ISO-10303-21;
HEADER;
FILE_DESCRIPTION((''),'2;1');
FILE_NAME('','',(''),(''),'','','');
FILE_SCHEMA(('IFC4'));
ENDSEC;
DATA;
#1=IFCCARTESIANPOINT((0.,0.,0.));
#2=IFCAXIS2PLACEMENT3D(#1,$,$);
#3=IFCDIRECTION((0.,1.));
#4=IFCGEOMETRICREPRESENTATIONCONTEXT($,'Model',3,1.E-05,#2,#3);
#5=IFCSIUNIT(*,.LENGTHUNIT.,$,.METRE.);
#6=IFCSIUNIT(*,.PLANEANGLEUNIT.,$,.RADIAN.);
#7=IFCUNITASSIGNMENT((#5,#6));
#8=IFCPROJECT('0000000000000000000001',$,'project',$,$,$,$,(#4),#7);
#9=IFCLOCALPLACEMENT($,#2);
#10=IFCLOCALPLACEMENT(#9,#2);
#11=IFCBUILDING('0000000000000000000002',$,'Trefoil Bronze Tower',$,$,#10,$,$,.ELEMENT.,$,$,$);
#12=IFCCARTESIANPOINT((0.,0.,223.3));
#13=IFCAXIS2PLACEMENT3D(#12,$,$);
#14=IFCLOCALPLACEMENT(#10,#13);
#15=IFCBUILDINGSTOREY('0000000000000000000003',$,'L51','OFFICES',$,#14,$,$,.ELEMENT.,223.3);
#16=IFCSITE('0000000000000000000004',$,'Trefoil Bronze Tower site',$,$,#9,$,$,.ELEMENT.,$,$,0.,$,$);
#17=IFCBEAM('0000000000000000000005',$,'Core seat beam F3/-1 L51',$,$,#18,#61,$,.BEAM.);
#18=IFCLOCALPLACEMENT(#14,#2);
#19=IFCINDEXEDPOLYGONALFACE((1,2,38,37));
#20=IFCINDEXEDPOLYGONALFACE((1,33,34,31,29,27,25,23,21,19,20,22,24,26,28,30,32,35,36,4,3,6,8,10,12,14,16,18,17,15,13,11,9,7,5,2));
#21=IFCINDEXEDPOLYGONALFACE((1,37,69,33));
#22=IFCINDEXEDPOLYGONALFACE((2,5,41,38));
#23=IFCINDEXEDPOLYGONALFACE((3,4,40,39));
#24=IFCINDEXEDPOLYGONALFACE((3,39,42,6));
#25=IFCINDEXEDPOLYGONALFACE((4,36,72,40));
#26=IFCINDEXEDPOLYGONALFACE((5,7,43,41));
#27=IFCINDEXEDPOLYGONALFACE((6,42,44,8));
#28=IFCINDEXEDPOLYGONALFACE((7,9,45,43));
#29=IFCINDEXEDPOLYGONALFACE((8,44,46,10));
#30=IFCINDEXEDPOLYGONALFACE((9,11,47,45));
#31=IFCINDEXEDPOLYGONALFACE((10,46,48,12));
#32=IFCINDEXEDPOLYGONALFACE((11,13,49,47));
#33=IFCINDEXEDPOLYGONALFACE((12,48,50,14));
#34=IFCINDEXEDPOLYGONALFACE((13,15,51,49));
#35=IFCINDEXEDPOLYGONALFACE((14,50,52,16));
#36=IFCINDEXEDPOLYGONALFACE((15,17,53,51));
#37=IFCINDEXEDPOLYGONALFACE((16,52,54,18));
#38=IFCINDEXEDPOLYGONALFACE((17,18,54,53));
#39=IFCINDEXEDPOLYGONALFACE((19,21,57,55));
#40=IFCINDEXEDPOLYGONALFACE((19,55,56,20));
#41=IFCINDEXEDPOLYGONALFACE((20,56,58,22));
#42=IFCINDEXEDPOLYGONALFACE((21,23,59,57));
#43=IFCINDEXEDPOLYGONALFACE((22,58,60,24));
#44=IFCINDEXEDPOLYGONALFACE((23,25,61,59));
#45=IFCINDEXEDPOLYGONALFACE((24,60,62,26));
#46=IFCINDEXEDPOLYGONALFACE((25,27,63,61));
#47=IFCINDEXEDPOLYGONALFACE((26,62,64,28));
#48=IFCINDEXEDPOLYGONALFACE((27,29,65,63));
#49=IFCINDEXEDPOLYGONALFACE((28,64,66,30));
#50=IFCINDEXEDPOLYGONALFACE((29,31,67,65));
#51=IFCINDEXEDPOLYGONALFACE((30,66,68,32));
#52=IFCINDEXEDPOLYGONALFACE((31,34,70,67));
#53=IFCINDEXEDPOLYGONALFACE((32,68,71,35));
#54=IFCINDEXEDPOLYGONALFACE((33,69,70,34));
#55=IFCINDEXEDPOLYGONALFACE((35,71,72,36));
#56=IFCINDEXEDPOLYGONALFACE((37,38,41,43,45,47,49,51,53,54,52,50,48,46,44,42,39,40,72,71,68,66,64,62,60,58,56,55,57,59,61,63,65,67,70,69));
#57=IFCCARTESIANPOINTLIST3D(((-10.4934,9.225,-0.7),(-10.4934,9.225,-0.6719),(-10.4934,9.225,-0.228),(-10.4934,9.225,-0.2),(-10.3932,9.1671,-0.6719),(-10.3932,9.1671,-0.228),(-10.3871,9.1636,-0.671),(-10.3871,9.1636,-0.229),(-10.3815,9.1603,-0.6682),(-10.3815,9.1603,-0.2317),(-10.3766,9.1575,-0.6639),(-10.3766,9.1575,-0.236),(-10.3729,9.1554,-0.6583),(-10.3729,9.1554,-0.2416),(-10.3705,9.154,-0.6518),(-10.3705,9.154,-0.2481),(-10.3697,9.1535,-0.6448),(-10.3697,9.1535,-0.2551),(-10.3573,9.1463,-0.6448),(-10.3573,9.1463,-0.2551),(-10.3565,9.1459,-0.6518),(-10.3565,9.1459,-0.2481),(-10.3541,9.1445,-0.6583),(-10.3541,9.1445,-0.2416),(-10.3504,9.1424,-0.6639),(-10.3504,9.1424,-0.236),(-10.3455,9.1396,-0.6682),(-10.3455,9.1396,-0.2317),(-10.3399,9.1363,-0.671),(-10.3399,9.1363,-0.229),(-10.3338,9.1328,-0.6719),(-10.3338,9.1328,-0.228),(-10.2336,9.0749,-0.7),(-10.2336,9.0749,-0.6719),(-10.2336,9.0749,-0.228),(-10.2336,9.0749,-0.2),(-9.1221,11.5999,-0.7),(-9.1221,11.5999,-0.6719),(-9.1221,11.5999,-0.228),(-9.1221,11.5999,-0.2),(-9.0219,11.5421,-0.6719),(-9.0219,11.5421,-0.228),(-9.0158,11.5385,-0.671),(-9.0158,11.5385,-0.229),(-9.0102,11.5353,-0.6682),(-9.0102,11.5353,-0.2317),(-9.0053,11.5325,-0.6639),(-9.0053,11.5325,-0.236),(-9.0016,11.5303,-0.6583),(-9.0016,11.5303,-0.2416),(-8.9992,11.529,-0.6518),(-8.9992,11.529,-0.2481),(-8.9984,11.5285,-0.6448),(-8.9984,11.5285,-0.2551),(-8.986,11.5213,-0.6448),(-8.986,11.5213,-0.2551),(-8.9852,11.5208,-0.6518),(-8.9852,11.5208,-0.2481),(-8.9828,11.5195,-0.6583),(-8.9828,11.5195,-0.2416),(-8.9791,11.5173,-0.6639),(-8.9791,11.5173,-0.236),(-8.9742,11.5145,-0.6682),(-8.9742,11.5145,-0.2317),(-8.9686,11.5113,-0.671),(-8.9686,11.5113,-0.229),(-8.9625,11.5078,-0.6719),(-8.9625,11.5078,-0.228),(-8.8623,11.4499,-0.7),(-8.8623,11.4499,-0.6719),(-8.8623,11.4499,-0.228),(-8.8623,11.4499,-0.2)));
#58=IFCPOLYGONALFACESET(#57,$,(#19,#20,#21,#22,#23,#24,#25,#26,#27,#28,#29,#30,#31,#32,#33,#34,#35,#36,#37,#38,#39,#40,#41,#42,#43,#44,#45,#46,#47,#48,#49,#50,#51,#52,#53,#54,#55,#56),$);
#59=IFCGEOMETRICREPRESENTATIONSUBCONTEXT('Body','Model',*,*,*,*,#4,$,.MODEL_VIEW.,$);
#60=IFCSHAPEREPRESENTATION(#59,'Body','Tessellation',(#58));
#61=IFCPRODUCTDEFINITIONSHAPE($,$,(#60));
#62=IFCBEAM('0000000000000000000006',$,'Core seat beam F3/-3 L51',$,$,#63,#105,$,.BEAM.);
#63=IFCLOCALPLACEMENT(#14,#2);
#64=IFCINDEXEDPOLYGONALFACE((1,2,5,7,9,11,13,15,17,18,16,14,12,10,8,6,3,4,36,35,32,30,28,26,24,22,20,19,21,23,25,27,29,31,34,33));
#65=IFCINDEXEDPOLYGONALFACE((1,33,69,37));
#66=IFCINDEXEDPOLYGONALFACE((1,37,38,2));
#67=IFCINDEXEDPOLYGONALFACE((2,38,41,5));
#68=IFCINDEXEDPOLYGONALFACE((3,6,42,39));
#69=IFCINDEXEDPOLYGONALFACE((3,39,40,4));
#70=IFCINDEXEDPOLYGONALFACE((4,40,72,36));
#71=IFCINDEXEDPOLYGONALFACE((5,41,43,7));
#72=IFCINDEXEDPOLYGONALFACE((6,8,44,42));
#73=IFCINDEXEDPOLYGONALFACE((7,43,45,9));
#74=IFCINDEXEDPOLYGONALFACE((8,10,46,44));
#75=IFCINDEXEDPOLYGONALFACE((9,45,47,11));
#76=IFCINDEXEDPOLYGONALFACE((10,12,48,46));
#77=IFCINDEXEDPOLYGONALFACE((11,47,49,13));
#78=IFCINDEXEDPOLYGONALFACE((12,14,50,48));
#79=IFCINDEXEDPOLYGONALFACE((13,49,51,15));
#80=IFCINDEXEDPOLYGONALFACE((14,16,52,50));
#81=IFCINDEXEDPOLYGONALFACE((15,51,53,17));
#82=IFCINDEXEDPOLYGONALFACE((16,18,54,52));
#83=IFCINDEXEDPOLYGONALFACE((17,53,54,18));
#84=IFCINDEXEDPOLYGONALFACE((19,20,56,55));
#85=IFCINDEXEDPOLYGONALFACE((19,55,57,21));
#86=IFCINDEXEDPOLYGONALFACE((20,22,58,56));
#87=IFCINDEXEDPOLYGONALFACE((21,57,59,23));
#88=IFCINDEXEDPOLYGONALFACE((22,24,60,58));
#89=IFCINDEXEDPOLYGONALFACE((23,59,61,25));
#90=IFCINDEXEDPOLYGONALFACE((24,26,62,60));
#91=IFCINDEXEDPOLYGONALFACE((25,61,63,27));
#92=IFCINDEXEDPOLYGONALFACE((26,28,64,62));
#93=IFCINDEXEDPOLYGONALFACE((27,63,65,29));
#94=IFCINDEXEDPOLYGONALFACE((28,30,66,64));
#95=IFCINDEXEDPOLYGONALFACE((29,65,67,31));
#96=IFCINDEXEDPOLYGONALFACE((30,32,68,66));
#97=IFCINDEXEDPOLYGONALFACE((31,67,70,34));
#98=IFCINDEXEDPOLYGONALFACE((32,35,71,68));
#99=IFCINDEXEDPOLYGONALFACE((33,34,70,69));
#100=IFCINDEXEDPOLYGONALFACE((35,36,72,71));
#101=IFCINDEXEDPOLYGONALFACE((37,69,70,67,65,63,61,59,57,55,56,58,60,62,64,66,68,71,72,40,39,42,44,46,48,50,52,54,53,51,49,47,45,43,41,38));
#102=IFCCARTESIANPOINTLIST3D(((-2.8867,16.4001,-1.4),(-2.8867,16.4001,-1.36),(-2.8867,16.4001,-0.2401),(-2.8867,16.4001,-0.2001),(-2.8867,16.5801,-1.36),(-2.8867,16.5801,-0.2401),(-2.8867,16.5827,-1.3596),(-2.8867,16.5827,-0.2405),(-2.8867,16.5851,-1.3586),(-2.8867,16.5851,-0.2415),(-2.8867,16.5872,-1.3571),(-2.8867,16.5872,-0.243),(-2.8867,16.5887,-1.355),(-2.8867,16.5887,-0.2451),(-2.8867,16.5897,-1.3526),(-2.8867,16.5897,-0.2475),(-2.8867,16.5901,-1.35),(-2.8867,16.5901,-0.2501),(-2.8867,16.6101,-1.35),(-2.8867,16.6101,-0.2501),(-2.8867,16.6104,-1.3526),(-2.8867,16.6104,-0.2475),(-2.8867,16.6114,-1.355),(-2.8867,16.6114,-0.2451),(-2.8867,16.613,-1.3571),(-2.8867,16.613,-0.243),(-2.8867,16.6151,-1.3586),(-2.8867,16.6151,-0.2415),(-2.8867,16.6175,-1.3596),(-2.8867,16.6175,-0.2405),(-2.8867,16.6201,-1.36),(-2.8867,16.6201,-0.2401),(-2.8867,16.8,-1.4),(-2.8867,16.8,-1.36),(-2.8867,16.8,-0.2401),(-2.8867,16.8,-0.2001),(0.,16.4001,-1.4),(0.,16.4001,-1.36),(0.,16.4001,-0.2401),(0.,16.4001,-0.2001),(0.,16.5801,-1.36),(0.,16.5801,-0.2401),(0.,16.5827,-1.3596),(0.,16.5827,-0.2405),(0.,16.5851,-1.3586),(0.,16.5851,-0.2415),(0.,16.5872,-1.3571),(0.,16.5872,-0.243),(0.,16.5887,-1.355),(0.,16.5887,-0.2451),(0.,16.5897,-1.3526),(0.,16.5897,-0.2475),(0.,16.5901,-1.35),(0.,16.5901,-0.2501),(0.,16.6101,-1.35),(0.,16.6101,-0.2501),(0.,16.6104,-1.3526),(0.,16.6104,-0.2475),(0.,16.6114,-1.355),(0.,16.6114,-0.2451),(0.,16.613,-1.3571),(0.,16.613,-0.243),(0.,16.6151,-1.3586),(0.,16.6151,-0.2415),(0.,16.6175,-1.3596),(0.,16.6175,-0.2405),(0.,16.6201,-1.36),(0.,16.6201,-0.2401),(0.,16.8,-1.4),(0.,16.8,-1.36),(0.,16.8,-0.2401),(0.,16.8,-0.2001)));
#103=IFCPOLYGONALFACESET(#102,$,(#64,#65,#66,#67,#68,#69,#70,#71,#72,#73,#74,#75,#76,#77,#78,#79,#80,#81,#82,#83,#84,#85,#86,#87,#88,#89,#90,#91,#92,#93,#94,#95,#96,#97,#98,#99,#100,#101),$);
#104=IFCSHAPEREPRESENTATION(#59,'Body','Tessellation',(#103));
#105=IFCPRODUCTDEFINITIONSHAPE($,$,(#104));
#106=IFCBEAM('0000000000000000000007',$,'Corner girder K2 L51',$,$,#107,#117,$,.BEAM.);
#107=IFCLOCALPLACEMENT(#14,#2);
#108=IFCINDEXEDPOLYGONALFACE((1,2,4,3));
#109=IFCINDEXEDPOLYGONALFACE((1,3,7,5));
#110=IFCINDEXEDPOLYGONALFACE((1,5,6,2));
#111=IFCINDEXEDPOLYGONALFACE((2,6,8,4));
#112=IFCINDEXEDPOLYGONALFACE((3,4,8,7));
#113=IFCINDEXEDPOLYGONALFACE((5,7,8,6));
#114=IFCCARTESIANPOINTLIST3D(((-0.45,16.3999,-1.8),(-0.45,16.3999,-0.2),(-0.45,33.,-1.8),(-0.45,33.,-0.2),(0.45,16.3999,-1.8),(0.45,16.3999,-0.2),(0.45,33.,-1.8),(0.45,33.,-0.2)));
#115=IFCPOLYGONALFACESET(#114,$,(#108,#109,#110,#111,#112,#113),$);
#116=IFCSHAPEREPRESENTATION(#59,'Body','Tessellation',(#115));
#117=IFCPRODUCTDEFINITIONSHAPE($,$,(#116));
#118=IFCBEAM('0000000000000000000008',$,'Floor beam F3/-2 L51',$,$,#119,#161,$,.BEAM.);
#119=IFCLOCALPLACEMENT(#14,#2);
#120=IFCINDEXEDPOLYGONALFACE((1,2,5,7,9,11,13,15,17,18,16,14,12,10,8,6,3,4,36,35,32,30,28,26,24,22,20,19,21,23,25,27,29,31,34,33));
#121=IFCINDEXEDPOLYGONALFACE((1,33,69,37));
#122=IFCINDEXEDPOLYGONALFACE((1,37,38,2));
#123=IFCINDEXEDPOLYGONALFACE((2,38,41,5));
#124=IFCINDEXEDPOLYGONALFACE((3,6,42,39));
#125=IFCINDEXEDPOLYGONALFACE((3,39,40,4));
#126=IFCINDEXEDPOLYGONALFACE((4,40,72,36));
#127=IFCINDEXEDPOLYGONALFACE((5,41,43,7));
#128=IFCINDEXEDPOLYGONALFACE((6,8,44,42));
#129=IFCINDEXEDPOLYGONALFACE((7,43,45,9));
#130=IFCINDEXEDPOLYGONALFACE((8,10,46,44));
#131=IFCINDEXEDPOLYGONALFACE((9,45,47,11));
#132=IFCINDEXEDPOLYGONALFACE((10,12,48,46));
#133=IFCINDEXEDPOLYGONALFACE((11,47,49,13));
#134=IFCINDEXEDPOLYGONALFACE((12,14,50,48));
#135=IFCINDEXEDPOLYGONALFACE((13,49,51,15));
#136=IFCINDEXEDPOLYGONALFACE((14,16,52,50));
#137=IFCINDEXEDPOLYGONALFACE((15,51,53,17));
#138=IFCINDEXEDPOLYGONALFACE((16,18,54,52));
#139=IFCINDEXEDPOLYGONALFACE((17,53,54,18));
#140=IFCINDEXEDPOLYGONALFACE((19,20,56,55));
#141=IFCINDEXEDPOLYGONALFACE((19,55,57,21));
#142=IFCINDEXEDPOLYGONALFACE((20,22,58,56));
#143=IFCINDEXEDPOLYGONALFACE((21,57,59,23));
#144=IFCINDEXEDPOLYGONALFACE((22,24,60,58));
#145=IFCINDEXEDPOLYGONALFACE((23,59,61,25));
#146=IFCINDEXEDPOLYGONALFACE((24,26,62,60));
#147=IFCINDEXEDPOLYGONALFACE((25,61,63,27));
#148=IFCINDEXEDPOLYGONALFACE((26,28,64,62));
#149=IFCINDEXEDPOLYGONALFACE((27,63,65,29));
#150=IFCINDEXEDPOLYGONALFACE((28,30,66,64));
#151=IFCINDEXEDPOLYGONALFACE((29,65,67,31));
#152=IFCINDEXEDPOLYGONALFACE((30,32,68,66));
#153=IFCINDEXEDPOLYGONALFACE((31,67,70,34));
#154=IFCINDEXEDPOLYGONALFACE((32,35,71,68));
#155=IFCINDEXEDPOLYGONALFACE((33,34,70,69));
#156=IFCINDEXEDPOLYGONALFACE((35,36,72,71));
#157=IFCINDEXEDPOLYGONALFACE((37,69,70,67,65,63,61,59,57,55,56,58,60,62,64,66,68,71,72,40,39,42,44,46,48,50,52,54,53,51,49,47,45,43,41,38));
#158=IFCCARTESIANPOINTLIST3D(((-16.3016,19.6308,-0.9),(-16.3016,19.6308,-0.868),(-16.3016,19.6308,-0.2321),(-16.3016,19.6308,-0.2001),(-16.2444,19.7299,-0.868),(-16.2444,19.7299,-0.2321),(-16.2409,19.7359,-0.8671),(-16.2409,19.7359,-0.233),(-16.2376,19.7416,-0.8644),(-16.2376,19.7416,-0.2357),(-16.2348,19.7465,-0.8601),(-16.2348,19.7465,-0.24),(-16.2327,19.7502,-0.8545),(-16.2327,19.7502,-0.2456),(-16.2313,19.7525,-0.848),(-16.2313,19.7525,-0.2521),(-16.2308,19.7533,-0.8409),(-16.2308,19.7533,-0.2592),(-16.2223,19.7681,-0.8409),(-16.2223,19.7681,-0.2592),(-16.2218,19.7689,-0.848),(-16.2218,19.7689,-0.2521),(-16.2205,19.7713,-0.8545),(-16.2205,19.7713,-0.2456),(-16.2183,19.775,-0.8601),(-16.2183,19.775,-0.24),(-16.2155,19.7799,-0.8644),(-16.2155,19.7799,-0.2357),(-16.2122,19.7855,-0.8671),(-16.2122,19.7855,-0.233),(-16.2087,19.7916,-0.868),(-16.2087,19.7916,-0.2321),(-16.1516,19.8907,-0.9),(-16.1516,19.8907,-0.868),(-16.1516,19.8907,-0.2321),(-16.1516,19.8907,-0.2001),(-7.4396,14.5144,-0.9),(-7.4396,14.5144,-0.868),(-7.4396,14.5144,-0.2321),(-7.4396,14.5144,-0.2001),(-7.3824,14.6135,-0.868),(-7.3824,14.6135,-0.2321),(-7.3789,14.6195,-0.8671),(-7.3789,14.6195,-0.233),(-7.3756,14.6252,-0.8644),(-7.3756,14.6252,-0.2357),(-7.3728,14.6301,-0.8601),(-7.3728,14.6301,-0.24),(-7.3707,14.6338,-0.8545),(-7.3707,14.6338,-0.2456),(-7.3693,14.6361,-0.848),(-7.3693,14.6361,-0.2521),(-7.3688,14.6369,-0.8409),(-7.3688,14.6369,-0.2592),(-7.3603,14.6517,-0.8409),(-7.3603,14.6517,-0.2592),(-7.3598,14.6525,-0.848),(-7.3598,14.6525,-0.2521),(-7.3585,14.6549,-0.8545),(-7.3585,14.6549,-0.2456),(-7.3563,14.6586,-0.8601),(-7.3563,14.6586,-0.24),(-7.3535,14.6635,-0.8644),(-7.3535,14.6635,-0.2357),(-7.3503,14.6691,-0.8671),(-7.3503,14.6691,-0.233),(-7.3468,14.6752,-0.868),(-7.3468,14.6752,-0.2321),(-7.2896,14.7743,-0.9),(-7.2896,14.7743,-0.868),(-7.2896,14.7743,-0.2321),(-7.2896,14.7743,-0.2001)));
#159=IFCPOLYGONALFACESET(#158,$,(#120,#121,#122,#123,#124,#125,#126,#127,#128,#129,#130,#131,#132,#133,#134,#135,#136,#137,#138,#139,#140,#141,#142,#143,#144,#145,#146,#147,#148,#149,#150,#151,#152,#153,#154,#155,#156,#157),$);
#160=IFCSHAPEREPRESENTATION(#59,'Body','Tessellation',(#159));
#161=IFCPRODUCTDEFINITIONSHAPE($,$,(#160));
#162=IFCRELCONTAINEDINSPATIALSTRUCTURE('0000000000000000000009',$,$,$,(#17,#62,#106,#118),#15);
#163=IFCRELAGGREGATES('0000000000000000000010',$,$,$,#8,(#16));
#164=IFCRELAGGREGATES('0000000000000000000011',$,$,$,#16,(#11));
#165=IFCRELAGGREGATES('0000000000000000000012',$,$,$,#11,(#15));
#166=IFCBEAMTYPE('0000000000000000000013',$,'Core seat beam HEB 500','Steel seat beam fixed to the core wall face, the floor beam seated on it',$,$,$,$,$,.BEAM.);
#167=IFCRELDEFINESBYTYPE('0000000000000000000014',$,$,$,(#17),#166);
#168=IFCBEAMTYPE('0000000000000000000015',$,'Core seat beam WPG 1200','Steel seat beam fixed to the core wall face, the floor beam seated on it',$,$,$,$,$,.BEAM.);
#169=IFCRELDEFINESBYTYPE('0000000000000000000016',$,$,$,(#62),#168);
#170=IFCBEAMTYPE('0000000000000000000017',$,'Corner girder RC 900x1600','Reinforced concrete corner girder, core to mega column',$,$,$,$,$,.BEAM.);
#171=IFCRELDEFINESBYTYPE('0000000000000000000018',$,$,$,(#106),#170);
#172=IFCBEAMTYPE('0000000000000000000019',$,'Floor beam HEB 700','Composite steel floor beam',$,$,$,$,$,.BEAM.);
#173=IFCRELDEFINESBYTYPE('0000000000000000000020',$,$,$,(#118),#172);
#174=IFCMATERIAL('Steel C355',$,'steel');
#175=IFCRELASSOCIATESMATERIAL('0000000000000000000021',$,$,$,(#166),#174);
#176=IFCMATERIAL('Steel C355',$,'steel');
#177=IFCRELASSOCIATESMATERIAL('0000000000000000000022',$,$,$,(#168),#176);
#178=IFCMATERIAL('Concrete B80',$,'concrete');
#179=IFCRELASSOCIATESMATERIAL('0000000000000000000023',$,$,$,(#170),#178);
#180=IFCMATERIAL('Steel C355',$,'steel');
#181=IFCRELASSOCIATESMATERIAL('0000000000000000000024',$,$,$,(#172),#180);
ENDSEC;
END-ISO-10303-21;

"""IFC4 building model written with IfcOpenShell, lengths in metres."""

from ifc_helpers import new_model, si_unit, direction, frame, origin, origin_2d, place, context, subcontext, project, spatial, rectangle, i_section, extrude, material, material_profile, profile_set, type_object, element, save


model = new_model("IFC4")

# Units and contexts
model_context = context("Model", 3, precision=1e-05, world=origin(), true_north=direction((0.0, 1.0)))
body_context = subcontext(model_context, "Body", "Model", "MODEL_VIEW")
ifc_project = project(units=[si_unit("LENGTHUNIT", "METRE"), si_unit("PLANEANGLEUNIT", "RADIAN")], contexts=[model_context])

# Site, building, storey
site_placement = place(None, origin())
site = spatial("IfcSite", under=ifc_project, at=site_placement, Name="Trefoil Bronze Tower site", CompositionType="ELEMENT", RefElevation=0.0)
building_placement = place(site_placement, origin())
building = spatial("IfcBuilding", under=site, at=building_placement, Name="Trefoil Bronze Tower", CompositionType="ELEMENT")
storey_placement = place(building_placement, frame((0.0, 0.0, 223.3)))
storey = spatial("IfcBuildingStorey", under=building, at=storey_placement, Name="L51", Description="OFFICES", CompositionType="ELEMENT", Elevation=223.3)

# Beams
ifc_material_1 = material(Name="Steel C355", Category="steel")
ifc_material_profile_1 = material_profile(ifc_material_1, i_section(OverallWidth=0.3, OverallDepth=0.5, WebThickness=0.0144, FlangeThickness=0.0281, FilletRadius=0.0271, at=origin_2d()), Name="HEB 500")
ifc_profile_set_1 = profile_set([ifc_material_profile_1], Name="Steel C355")
beam_type_1 = type_object("IfcBeamType", Name="Core seat beam HEB 500", Description="Steel seat beam fixed to the core wall face, the floor beam seated on it", PredefinedType="BEAM", material=ifc_profile_set_1)
for number, where, z_axis, x_axis, name in (
    (1, (-8.9922, 11.5249, -0.45), (-0.500036, -0.866005, 0.0), (0.866005, -0.500036, 0.0), "Core seat beam F3/-1 L51"),
):
    element("IfcBeam", number, at=place(storey_placement, frame(where, z_axis=z_axis, x_axis=x_axis)), inside=storey, type_object=beam_type_1, Name=name, PredefinedType="BEAM", context=body_context, shape_type="SweptSolid", body=[
        extrude(i_section(OverallWidth=0.3, OverallDepth=0.5, WebThickness=0.0144, FlangeThickness=0.0281, FilletRadius=0.0271, at=origin_2d()), origin(), (0.0, 0.0, 1.0), 2.7424),
    ])
ifc_material_2 = material(Name="Steel C355", Category="steel")
ifc_material_profile_2 = material_profile(ifc_material_2, i_section(OverallWidth=0.3999, OverallDepth=1.2, WebThickness=0.02, FlangeThickness=0.04, FilletRadius=0.01, at=origin_2d()), Name="WPG 1200")
ifc_profile_set_2 = profile_set([ifc_material_profile_2], Name="Steel C355")
beam_type_2 = type_object("IfcBeamType", Name="Core seat beam WPG 1200", Description="Steel seat beam fixed to the core wall face, the floor beam seated on it", PredefinedType="BEAM", material=ifc_profile_set_2)
beam_1_placement = place(storey_placement, frame((0.0, 16.6001, -0.8), z_axis=(-1.0, 0.0, 0.0), x_axis=(0.0, -1.0, 0.0)))
element("IfcBeam", 2, at=beam_1_placement, inside=storey, type_object=beam_type_2, Name="Core seat beam F3/-3 L51", PredefinedType="BEAM", context=body_context, shape_type="SweptSolid", body=[
    extrude(i_section(OverallWidth=0.3999, OverallDepth=1.2, WebThickness=0.02, FlangeThickness=0.04, FilletRadius=0.01, at=origin_2d()), origin(), (0.0, 0.0, 1.0), 2.8867),
])
ifc_material_3 = material(Name="Concrete B80", Category="concrete")
ifc_material_profile_3 = material_profile(ifc_material_3, rectangle(XDim=0.8999, YDim=1.6001, at=origin_2d()), Name="RC 900x1600")
ifc_profile_set_3 = profile_set([ifc_material_profile_3], Name="Concrete B80")
beam_type_3 = type_object("IfcBeamType", Name="Corner girder RC 900x1600", Description="Reinforced concrete corner girder, core to mega column", PredefinedType="BEAM", material=ifc_profile_set_3)
beam_2_placement = place(storey_placement, frame((0.0, 16.3999, -1.0), z_axis=(0.0, 1.0, 0.0), x_axis=(-1.0, 0.0, 0.0)))
element("IfcBeam", 3, at=beam_2_placement, inside=storey, type_object=beam_type_3, Name="Corner girder K2 L51", PredefinedType="BEAM", context=body_context, shape_type="SweptSolid", body=[
    extrude(rectangle(XDim=0.8999, YDim=1.6001, at=origin_2d()), origin(), (0.0, 0.0, 1.0), 16.6001),
])
ifc_material_4 = material(Name="Steel C355", Category="steel")
ifc_material_profile_4 = material_profile(ifc_material_4, i_section(OverallWidth=0.3, OverallDepth=0.7, WebThickness=0.0171, FlangeThickness=0.032, FilletRadius=0.0271, at=origin_2d()), Name="HEB 700")
ifc_profile_set_4 = profile_set([ifc_material_profile_4], Name="Steel C355")
beam_type_4 = type_object("IfcBeamType", Name="Floor beam HEB 700", Description="Composite steel floor beam", PredefinedType="BEAM", material=ifc_profile_set_4)
beam_3_placement = place(storey_placement, frame((-16.2266, 19.7607, -0.55), z_axis=(0.866028, -0.499996, 0.0), x_axis=(0.499996, 0.866028, 0.0)))
element("IfcBeam", 4, at=beam_3_placement, inside=storey, type_object=beam_type_4, Name="Floor beam F3/-2 L51", PredefinedType="BEAM", context=body_context, shape_type="SweptSolid", body=[
    extrude(i_section(OverallWidth=0.3, OverallDepth=0.7, WebThickness=0.0171, FlangeThickness=0.032, FilletRadius=0.0271, at=origin_2d()), origin(), (0.0, 0.0, 1.0), 10.2329),
])

save(model, "model.ifc")
